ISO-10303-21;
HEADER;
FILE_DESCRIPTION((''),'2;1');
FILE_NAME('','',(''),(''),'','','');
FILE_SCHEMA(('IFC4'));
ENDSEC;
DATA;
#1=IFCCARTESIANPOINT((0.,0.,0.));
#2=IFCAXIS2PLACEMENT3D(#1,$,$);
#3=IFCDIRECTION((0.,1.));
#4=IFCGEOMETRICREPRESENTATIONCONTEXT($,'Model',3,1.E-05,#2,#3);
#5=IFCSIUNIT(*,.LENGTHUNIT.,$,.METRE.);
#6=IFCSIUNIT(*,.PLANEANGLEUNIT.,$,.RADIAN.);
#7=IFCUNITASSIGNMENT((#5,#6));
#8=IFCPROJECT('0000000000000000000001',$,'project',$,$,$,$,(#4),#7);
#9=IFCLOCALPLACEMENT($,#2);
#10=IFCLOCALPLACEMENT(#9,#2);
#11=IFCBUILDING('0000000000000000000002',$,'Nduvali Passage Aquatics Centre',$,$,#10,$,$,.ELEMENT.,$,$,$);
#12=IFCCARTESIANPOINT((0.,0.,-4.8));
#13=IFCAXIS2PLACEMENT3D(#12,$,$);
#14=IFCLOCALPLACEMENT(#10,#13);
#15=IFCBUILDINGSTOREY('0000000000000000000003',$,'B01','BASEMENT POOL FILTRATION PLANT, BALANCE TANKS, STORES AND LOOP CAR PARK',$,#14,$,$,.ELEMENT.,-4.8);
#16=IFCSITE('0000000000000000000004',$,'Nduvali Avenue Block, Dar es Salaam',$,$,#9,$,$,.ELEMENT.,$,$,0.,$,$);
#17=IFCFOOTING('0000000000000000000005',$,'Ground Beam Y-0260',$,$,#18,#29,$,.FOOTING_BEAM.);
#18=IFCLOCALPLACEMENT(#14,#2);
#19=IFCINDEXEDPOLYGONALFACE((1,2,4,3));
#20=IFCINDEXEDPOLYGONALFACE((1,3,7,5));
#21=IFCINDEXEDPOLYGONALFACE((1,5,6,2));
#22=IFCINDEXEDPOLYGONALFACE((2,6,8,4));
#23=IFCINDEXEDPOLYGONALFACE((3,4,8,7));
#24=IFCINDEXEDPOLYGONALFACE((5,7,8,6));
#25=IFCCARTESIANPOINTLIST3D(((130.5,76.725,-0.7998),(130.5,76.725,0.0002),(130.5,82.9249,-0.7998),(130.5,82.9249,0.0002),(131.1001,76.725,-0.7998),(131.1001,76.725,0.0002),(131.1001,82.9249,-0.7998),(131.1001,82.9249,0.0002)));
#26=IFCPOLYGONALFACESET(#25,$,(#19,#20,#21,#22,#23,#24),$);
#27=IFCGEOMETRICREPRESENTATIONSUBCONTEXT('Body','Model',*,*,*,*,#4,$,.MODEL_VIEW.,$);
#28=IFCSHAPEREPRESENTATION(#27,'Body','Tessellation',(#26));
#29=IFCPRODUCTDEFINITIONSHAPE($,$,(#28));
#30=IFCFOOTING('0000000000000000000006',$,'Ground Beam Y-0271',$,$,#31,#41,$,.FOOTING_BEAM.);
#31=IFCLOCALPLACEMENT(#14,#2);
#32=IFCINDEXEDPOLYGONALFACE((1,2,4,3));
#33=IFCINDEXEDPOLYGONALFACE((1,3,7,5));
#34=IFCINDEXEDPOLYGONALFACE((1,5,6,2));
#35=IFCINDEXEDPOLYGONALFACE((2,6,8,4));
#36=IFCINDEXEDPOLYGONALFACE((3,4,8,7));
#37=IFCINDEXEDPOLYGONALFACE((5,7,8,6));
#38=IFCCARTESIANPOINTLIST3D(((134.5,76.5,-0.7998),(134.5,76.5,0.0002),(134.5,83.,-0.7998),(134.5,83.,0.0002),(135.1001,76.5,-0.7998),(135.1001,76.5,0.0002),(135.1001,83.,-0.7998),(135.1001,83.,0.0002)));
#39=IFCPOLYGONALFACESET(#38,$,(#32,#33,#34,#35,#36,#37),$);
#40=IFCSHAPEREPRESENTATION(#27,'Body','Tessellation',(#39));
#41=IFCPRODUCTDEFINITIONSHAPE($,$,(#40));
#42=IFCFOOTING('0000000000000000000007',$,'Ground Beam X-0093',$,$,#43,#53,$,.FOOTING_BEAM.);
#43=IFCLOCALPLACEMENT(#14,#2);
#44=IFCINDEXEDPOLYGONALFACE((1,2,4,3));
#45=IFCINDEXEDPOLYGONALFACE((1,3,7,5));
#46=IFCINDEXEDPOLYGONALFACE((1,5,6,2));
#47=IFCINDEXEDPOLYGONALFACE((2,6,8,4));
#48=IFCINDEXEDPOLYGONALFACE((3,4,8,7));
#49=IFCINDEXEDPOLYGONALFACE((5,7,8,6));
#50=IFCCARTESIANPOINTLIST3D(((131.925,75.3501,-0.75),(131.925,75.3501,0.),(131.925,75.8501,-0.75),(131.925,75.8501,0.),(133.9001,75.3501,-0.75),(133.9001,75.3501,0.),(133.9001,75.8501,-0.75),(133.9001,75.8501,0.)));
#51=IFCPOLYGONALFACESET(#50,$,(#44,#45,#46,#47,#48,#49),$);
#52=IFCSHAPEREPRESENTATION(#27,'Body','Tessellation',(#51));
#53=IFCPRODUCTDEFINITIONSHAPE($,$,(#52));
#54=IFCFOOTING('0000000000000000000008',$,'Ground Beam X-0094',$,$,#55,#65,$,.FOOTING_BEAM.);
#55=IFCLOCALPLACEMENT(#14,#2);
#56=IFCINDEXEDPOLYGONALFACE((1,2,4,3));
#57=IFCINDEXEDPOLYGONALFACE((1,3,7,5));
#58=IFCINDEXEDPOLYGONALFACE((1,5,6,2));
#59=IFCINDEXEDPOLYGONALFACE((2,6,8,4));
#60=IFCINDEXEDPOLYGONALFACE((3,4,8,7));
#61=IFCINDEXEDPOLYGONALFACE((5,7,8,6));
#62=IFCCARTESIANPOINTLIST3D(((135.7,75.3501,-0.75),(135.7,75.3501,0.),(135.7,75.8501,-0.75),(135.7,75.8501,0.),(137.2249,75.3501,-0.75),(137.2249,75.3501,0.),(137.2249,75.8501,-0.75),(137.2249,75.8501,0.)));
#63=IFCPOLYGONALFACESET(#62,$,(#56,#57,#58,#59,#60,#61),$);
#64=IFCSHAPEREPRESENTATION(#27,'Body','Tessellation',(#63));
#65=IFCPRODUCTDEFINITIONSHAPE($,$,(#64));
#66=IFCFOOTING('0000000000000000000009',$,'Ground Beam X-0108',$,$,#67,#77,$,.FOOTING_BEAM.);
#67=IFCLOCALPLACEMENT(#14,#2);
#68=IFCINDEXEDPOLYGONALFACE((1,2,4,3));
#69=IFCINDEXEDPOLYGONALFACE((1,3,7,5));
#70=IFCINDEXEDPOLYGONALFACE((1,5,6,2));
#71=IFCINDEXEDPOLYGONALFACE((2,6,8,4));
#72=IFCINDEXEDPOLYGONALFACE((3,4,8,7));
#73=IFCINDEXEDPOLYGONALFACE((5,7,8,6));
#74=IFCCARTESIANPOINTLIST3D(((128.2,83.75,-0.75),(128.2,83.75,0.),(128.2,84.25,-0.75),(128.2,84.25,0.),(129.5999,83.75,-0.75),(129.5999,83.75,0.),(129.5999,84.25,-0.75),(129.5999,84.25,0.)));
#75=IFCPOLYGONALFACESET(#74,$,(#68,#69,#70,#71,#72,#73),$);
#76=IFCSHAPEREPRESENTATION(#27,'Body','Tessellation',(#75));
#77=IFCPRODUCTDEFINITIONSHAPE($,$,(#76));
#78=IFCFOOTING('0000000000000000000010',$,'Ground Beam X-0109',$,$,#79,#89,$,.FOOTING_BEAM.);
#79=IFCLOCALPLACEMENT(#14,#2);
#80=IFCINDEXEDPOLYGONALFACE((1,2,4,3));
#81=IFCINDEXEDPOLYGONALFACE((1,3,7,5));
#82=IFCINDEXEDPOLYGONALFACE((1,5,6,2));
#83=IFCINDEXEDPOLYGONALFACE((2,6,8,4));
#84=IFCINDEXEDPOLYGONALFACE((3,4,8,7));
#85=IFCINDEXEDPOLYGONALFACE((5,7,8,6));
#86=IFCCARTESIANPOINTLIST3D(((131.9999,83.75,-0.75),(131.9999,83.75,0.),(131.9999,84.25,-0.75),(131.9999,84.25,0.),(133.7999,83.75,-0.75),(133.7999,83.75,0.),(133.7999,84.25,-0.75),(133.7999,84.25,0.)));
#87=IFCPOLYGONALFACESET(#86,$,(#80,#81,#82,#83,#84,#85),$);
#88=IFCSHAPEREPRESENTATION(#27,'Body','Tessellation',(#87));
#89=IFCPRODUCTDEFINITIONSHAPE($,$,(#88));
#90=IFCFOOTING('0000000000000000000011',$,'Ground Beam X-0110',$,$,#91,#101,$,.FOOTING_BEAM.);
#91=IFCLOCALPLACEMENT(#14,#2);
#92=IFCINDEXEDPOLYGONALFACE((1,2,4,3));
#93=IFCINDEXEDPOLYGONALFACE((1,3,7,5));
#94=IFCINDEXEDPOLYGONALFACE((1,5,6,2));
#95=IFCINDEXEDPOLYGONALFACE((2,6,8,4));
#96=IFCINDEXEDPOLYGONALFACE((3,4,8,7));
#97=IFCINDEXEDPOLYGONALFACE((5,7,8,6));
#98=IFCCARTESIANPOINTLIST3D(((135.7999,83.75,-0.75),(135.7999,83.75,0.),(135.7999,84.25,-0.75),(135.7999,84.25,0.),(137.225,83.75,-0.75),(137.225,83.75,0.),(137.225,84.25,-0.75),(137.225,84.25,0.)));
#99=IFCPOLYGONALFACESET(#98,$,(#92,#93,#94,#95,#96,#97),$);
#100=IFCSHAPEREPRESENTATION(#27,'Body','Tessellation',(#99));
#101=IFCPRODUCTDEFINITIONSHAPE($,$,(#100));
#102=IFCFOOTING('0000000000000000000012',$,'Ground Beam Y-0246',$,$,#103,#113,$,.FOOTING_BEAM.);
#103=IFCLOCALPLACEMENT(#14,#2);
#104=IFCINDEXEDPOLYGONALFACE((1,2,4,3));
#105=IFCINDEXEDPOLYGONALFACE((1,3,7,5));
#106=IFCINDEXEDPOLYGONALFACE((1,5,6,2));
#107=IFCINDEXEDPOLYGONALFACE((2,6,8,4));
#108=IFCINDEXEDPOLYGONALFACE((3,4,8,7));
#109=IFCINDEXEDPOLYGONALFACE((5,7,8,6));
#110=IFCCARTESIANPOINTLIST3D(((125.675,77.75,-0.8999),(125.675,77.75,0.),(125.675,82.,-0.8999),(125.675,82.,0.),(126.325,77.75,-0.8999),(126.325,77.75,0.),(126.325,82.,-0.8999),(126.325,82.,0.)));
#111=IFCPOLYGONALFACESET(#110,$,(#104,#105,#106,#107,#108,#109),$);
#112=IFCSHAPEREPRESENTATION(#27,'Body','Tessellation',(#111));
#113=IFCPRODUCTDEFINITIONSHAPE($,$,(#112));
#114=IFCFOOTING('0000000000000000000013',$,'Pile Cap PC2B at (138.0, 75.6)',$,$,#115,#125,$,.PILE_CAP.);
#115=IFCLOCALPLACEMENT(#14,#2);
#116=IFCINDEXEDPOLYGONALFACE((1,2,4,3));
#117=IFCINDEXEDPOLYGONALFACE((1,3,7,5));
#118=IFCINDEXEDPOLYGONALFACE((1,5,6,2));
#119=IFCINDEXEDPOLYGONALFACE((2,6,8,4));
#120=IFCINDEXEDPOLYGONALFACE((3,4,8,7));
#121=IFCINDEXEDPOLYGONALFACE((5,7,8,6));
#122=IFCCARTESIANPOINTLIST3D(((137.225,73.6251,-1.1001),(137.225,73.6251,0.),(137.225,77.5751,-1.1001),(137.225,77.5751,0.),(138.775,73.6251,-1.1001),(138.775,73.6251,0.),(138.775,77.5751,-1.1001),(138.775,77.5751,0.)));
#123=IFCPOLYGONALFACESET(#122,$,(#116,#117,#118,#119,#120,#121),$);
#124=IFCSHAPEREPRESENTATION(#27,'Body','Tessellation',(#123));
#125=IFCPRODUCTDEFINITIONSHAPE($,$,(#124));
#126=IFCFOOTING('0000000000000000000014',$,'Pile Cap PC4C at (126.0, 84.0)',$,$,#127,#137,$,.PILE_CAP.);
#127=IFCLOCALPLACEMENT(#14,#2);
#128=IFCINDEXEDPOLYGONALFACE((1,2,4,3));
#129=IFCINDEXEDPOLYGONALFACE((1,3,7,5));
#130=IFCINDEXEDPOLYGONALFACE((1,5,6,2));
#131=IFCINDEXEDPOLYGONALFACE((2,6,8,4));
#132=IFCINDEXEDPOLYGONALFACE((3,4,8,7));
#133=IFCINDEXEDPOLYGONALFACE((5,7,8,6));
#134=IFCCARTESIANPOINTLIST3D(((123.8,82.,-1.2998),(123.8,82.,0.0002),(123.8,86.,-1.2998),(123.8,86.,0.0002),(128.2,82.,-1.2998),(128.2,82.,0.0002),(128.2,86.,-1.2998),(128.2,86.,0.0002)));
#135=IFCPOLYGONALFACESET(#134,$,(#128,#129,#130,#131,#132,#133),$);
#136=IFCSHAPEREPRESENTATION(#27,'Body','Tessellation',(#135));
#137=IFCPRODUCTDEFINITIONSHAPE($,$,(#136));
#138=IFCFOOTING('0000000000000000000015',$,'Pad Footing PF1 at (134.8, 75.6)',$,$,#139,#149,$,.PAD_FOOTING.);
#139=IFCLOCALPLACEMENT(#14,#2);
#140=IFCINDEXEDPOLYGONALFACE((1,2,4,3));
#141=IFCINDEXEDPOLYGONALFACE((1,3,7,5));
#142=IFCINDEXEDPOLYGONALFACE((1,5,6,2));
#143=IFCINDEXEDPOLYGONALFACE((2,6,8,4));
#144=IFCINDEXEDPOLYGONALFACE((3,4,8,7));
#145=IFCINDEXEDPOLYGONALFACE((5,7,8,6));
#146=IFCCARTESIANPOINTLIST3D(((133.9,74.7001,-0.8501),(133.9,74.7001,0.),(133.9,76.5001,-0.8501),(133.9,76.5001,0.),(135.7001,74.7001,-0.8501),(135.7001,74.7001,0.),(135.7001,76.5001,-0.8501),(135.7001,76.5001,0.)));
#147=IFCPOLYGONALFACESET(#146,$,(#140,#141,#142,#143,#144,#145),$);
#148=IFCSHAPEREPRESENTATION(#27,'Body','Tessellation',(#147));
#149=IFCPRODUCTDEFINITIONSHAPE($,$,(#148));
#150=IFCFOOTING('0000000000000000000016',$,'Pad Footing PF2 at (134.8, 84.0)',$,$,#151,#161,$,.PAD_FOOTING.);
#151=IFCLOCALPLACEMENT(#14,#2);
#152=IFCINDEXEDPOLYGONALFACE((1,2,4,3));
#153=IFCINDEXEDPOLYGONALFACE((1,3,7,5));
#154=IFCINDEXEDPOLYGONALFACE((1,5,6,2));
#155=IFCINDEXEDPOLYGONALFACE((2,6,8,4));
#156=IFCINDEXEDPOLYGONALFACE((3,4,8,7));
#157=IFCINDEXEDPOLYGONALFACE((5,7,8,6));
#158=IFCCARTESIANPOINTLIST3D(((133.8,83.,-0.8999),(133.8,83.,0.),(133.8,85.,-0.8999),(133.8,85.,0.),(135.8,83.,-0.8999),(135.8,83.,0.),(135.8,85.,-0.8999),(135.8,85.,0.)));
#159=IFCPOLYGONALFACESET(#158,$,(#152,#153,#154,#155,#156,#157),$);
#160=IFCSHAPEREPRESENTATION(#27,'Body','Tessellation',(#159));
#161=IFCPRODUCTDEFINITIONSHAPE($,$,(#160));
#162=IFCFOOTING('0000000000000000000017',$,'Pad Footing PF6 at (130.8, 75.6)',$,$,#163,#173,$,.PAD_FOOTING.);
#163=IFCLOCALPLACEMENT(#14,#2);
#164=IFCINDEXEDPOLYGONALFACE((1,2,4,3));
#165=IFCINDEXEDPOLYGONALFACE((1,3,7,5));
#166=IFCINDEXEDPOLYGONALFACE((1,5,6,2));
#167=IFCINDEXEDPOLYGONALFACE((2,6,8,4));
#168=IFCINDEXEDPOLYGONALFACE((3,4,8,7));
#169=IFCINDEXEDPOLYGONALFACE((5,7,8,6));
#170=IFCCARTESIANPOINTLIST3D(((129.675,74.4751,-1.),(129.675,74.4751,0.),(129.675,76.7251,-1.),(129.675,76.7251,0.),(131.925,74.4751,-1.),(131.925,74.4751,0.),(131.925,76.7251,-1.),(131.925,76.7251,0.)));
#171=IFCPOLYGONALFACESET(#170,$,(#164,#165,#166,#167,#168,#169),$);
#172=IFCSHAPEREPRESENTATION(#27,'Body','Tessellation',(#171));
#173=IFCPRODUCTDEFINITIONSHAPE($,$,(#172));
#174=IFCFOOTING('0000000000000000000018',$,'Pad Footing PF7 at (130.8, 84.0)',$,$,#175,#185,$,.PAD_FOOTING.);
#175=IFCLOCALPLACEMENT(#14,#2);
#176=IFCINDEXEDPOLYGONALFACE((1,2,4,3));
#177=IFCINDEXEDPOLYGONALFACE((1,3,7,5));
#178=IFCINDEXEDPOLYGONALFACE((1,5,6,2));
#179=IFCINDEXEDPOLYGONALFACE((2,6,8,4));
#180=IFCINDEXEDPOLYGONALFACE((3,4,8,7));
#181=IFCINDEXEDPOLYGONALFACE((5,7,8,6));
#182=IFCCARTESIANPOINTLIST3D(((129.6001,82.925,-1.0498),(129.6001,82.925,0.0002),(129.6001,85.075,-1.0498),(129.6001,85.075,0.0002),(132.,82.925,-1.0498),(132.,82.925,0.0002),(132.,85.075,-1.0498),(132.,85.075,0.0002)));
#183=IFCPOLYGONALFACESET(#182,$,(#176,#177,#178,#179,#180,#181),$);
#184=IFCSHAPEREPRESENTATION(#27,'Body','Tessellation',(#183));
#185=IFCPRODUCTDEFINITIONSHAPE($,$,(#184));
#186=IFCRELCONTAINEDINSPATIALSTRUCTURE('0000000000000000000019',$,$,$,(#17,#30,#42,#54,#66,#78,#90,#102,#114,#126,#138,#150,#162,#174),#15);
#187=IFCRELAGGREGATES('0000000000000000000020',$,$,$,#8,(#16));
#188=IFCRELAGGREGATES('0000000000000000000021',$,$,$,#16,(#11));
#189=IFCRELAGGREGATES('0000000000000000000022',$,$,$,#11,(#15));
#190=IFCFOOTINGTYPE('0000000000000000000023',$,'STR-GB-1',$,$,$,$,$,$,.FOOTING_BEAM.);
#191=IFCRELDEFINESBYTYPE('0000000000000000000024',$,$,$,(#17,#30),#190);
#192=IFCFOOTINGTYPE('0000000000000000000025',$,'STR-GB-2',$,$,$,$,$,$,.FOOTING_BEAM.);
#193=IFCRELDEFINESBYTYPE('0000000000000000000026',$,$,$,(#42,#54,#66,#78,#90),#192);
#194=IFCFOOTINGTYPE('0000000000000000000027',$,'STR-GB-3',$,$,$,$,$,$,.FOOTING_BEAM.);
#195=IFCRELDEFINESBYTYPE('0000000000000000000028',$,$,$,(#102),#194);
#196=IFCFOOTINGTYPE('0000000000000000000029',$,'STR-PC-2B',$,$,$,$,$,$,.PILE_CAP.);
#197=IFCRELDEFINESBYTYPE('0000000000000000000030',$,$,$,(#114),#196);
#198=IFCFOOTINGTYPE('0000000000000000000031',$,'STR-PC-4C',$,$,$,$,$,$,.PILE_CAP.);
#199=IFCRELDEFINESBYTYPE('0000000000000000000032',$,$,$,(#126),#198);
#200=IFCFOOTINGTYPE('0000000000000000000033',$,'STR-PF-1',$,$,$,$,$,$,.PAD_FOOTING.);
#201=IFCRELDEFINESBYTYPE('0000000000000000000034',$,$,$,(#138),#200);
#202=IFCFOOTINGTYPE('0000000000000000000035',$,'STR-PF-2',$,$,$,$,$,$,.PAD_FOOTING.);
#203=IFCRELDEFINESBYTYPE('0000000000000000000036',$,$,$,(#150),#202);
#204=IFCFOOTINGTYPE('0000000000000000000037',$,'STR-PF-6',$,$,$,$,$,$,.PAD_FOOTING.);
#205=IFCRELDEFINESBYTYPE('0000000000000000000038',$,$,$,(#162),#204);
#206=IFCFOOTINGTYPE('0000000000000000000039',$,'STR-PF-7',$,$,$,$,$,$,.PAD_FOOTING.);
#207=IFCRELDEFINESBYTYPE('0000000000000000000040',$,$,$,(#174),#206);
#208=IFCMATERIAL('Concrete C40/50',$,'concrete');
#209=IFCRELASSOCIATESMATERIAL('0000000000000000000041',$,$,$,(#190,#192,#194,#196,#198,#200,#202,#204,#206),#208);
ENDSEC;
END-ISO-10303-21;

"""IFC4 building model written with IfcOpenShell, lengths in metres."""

from ifc_helpers import new_model, si_unit, direction, frame, origin, origin_2d, place, context, subcontext, project, spatial, rectangle, extrude, material, type_object, element, save


model = new_model("IFC4")

# Units and contexts
model_context = context("Model", 3, precision=1e-05, world=origin(), true_north=direction((0.0, 1.0)))
body_context = subcontext(model_context, "Body", "Model", "MODEL_VIEW")
ifc_project = project(units=[si_unit("LENGTHUNIT", "METRE"), si_unit("PLANEANGLEUNIT", "RADIAN")], contexts=[model_context])

# Site, building, storey
site_placement = place(None, origin())
site = spatial("IfcSite", under=ifc_project, at=site_placement, Name="Nduvali Avenue Block, Dar es Salaam", CompositionType="ELEMENT", RefElevation=0.0)
building_placement = place(site_placement, origin())
building = spatial("IfcBuilding", under=site, at=building_placement, Name="Nduvali Passage Aquatics Centre", CompositionType="ELEMENT")
storey_placement = place(building_placement, frame((0.0, 0.0, -4.8)))
storey = spatial("IfcBuildingStorey", under=building, at=storey_placement, Name="B01", Description="BASEMENT POOL FILTRATION PLANT, BALANCE TANKS, STORES AND LOOP CAR PARK", CompositionType="ELEMENT", Elevation=-4.8)

# Footings
ifc_material = material(Name="Concrete C40/50", Category="concrete")
footing_type_1 = type_object("IfcFootingType", Name="STR-GB-1", PredefinedType="FOOTING_BEAM", material=ifc_material)
footing_1_placement = place(storey_placement, frame((130.8, 79.825, -0.7998), z_axis=(0.0, 0.0, 1.0), x_axis=(0.0, 1.0, 0.0)))
element("IfcFooting", 1, at=footing_1_placement, inside=storey, type_object=footing_type_1, Name="Ground Beam Y-0260", PredefinedType="FOOTING_BEAM", context=body_context, shape_type="SweptSolid", body=[
    extrude(rectangle(XDim=6.2, YDim=0.6001, at=origin_2d()), origin(), (0.0, 0.0, 1.0), 0.8),
])
footing_2_placement = place(storey_placement, frame((134.8, 79.75, -0.7998), z_axis=(0.0, 0.0, 1.0), x_axis=(0.0, 1.0, 0.0)))
element("IfcFooting", 2, at=footing_2_placement, inside=storey, type_object=footing_type_1, Name="Ground Beam Y-0271", PredefinedType="FOOTING_BEAM", context=body_context, shape_type="SweptSolid", body=[
    extrude(rectangle(XDim=6.5, YDim=0.6001, at=origin_2d()), origin(), (0.0, 0.0, 1.0), 0.8),
])
footing_type_2 = type_object("IfcFootingType", Name="STR-GB-2", PredefinedType="FOOTING_BEAM", material=ifc_material)
footing_3_placement = place(storey_placement, frame((132.9126, 75.6001, -0.75), z_axis=(0.0, 0.0, 1.0), x_axis=(1.0, 0.0, 0.0)))
element("IfcFooting", 3, at=footing_3_placement, inside=storey, type_object=footing_type_2, Name="Ground Beam X-0093", PredefinedType="FOOTING_BEAM", context=body_context, shape_type="SweptSolid", body=[
    extrude(rectangle(XDim=1.9751, YDim=0.5, at=origin_2d()), origin(), (0.0, 0.0, 1.0), 0.75),
])
footing_4_placement = place(storey_placement, frame((136.4624, 75.6001, -0.75), z_axis=(0.0, 0.0, 1.0), x_axis=(1.0, 0.0, 0.0)))
element("IfcFooting", 4, at=footing_4_placement, inside=storey, type_object=footing_type_2, Name="Ground Beam X-0094", PredefinedType="FOOTING_BEAM", context=body_context, shape_type="SweptSolid", body=[
    extrude(rectangle(XDim=1.5249, YDim=0.5, at=origin_2d()), origin(), (0.0, 0.0, 1.0), 0.75),
])
footing_5_placement = place(storey_placement, frame((128.8999, 84.0, -0.75), z_axis=(0.0, 0.0, 1.0), x_axis=(1.0, 0.0, 0.0)))
element("IfcFooting", 5, at=footing_5_placement, inside=storey, type_object=footing_type_2, Name="Ground Beam X-0108", PredefinedType="FOOTING_BEAM", context=body_context, shape_type="SweptSolid", body=[
    extrude(rectangle(XDim=1.3999, YDim=0.5, at=origin_2d()), origin(), (0.0, 0.0, 1.0), 0.75),
])
footing_6_placement = place(storey_placement, frame((132.8999, 84.0, -0.75), z_axis=(0.0, 0.0, 1.0), x_axis=(1.0, 0.0, 0.0)))
element("IfcFooting", 6, at=footing_6_placement, inside=storey, type_object=footing_type_2, Name="Ground Beam X-0109", PredefinedType="FOOTING_BEAM", context=body_context, shape_type="SweptSolid", body=[
    extrude(rectangle(XDim=1.8, YDim=0.5, at=origin_2d()), origin(), (0.0, 0.0, 1.0), 0.75),
])
footing_7_placement = place(storey_placement, frame((136.5125, 84.0, -0.75), z_axis=(0.0, 0.0, 1.0), x_axis=(1.0, 0.0, 0.0)))
element("IfcFooting", 7, at=footing_7_placement, inside=storey, type_object=footing_type_2, Name="Ground Beam X-0110", PredefinedType="FOOTING_BEAM", context=body_context, shape_type="SweptSolid", body=[
    extrude(rectangle(XDim=1.425, YDim=0.5, at=origin_2d()), origin(), (0.0, 0.0, 1.0), 0.75),
])
footing_type_3 = type_object("IfcFootingType", Name="STR-GB-3", PredefinedType="FOOTING_BEAM", material=ifc_material)
footing_8_placement = place(storey_placement, frame((126.0, 79.875, -0.8999), z_axis=(0.0, 0.0, 1.0), x_axis=(0.0, 1.0, 0.0)))
element("IfcFooting", 8, at=footing_8_placement, inside=storey, type_object=footing_type_3, Name="Ground Beam Y-0246", PredefinedType="FOOTING_BEAM", context=body_context, shape_type="SweptSolid", body=[
    extrude(rectangle(XDim=4.25, YDim=0.6499, at=origin_2d()), origin(), (0.0, 0.0, 1.0), 0.8999),
])
footing_type_4 = type_object("IfcFootingType", Name="STR-PC-2B", PredefinedType="PILE_CAP", material=ifc_material)
footing_9_placement = place(storey_placement, frame((138.0, 75.6001, -1.1001), z_axis=(0.0, 0.0, 1.0), x_axis=(1.0, 0.0, 0.0)))
element("IfcFooting", 9, at=footing_9_placement, inside=storey, type_object=footing_type_4, Name="Pile Cap PC2B at (138.0, 75.6)", PredefinedType="PILE_CAP", context=body_context, shape_type="SweptSolid", body=[
    extrude(rectangle(XDim=1.55, YDim=3.95, at=origin_2d()), origin(), (0.0, 0.0, 1.0), 1.1001),
])
footing_type_5 = type_object("IfcFootingType", Name="STR-PC-4C", PredefinedType="PILE_CAP", material=ifc_material)
footing_10_placement = place(storey_placement, frame((126.0, 84.0, -1.2998), z_axis=(0.0, 0.0, 1.0), x_axis=(1.0, 0.0, 0.0)))
element("IfcFooting", 10, at=footing_10_placement, inside=storey, type_object=footing_type_5, Name="Pile Cap PC4C at (126.0, 84.0)", PredefinedType="PILE_CAP", context=body_context, shape_type="SweptSolid", body=[
    extrude(rectangle(XDim=4.3999, YDim=4.0, at=origin_2d()), origin(), (0.0, 0.0, 1.0), 1.3),
])
footing_type_6 = type_object("IfcFootingType", Name="STR-PF-1", PredefinedType="PAD_FOOTING", material=ifc_material)
footing_11_placement = place(storey_placement, frame((134.8, 75.6001, -0.8501), z_axis=(0.0, 0.0, 1.0), x_axis=(1.0, 0.0, 0.0)))
element("IfcFooting", 11, at=footing_11_placement, inside=storey, type_object=footing_type_6, Name="Pad Footing PF1 at (134.8, 75.6)", PredefinedType="PAD_FOOTING", context=body_context, shape_type="SweptSolid", body=[
    extrude(rectangle(XDim=1.8, YDim=1.8, at=origin_2d()), origin(), (0.0, 0.0, 1.0), 0.8501),
])
footing_type_7 = type_object("IfcFootingType", Name="STR-PF-2", PredefinedType="PAD_FOOTING", material=ifc_material)
footing_12_placement = place(storey_placement, frame((134.8, 84.0, -0.8999), z_axis=(0.0, 0.0, 1.0), x_axis=(1.0, 0.0, 0.0)))
element("IfcFooting", 12, at=footing_12_placement, inside=storey, type_object=footing_type_7, Name="Pad Footing PF2 at (134.8, 84.0)", PredefinedType="PAD_FOOTING", context=body_context, shape_type="SweptSolid", body=[
    extrude(rectangle(XDim=2.0, YDim=2.0, at=origin_2d()), origin(), (0.0, 0.0, 1.0), 0.8999),
])
footing_type_8 = type_object("IfcFootingType", Name="STR-PF-6", PredefinedType="PAD_FOOTING", material=ifc_material)
footing_13_placement = place(storey_placement, frame((130.8, 75.6001, -1.0), z_axis=(0.0, 0.0, 1.0), x_axis=(1.0, 0.0, 0.0)))
element("IfcFooting", 13, at=footing_13_placement, inside=storey, type_object=footing_type_8, Name="Pad Footing PF6 at (130.8, 75.6)", PredefinedType="PAD_FOOTING", context=body_context, shape_type="SweptSolid", body=[
    extrude(rectangle(XDim=2.25, YDim=2.25, at=origin_2d()), origin(), (0.0, 0.0, 1.0), 1.0),
])
footing_type_9 = type_object("IfcFootingType", Name="STR-PF-7", PredefinedType="PAD_FOOTING", material=ifc_material)
footing_14_placement = place(storey_placement, frame((130.8, 84.0, -1.0498), z_axis=(0.0, 0.0, 1.0), x_axis=(1.0, 0.0, 0.0)))
element("IfcFooting", 14, at=footing_14_placement, inside=storey, type_object=footing_type_9, Name="Pad Footing PF7 at (130.8, 84.0)", PredefinedType="PAD_FOOTING", context=body_context, shape_type="SweptSolid", body=[
    extrude(rectangle(XDim=2.3999, YDim=2.1499, at=origin_2d()), origin(), (0.0, 0.0, 1.0), 1.05),
])

save(model, "model.ifc")
